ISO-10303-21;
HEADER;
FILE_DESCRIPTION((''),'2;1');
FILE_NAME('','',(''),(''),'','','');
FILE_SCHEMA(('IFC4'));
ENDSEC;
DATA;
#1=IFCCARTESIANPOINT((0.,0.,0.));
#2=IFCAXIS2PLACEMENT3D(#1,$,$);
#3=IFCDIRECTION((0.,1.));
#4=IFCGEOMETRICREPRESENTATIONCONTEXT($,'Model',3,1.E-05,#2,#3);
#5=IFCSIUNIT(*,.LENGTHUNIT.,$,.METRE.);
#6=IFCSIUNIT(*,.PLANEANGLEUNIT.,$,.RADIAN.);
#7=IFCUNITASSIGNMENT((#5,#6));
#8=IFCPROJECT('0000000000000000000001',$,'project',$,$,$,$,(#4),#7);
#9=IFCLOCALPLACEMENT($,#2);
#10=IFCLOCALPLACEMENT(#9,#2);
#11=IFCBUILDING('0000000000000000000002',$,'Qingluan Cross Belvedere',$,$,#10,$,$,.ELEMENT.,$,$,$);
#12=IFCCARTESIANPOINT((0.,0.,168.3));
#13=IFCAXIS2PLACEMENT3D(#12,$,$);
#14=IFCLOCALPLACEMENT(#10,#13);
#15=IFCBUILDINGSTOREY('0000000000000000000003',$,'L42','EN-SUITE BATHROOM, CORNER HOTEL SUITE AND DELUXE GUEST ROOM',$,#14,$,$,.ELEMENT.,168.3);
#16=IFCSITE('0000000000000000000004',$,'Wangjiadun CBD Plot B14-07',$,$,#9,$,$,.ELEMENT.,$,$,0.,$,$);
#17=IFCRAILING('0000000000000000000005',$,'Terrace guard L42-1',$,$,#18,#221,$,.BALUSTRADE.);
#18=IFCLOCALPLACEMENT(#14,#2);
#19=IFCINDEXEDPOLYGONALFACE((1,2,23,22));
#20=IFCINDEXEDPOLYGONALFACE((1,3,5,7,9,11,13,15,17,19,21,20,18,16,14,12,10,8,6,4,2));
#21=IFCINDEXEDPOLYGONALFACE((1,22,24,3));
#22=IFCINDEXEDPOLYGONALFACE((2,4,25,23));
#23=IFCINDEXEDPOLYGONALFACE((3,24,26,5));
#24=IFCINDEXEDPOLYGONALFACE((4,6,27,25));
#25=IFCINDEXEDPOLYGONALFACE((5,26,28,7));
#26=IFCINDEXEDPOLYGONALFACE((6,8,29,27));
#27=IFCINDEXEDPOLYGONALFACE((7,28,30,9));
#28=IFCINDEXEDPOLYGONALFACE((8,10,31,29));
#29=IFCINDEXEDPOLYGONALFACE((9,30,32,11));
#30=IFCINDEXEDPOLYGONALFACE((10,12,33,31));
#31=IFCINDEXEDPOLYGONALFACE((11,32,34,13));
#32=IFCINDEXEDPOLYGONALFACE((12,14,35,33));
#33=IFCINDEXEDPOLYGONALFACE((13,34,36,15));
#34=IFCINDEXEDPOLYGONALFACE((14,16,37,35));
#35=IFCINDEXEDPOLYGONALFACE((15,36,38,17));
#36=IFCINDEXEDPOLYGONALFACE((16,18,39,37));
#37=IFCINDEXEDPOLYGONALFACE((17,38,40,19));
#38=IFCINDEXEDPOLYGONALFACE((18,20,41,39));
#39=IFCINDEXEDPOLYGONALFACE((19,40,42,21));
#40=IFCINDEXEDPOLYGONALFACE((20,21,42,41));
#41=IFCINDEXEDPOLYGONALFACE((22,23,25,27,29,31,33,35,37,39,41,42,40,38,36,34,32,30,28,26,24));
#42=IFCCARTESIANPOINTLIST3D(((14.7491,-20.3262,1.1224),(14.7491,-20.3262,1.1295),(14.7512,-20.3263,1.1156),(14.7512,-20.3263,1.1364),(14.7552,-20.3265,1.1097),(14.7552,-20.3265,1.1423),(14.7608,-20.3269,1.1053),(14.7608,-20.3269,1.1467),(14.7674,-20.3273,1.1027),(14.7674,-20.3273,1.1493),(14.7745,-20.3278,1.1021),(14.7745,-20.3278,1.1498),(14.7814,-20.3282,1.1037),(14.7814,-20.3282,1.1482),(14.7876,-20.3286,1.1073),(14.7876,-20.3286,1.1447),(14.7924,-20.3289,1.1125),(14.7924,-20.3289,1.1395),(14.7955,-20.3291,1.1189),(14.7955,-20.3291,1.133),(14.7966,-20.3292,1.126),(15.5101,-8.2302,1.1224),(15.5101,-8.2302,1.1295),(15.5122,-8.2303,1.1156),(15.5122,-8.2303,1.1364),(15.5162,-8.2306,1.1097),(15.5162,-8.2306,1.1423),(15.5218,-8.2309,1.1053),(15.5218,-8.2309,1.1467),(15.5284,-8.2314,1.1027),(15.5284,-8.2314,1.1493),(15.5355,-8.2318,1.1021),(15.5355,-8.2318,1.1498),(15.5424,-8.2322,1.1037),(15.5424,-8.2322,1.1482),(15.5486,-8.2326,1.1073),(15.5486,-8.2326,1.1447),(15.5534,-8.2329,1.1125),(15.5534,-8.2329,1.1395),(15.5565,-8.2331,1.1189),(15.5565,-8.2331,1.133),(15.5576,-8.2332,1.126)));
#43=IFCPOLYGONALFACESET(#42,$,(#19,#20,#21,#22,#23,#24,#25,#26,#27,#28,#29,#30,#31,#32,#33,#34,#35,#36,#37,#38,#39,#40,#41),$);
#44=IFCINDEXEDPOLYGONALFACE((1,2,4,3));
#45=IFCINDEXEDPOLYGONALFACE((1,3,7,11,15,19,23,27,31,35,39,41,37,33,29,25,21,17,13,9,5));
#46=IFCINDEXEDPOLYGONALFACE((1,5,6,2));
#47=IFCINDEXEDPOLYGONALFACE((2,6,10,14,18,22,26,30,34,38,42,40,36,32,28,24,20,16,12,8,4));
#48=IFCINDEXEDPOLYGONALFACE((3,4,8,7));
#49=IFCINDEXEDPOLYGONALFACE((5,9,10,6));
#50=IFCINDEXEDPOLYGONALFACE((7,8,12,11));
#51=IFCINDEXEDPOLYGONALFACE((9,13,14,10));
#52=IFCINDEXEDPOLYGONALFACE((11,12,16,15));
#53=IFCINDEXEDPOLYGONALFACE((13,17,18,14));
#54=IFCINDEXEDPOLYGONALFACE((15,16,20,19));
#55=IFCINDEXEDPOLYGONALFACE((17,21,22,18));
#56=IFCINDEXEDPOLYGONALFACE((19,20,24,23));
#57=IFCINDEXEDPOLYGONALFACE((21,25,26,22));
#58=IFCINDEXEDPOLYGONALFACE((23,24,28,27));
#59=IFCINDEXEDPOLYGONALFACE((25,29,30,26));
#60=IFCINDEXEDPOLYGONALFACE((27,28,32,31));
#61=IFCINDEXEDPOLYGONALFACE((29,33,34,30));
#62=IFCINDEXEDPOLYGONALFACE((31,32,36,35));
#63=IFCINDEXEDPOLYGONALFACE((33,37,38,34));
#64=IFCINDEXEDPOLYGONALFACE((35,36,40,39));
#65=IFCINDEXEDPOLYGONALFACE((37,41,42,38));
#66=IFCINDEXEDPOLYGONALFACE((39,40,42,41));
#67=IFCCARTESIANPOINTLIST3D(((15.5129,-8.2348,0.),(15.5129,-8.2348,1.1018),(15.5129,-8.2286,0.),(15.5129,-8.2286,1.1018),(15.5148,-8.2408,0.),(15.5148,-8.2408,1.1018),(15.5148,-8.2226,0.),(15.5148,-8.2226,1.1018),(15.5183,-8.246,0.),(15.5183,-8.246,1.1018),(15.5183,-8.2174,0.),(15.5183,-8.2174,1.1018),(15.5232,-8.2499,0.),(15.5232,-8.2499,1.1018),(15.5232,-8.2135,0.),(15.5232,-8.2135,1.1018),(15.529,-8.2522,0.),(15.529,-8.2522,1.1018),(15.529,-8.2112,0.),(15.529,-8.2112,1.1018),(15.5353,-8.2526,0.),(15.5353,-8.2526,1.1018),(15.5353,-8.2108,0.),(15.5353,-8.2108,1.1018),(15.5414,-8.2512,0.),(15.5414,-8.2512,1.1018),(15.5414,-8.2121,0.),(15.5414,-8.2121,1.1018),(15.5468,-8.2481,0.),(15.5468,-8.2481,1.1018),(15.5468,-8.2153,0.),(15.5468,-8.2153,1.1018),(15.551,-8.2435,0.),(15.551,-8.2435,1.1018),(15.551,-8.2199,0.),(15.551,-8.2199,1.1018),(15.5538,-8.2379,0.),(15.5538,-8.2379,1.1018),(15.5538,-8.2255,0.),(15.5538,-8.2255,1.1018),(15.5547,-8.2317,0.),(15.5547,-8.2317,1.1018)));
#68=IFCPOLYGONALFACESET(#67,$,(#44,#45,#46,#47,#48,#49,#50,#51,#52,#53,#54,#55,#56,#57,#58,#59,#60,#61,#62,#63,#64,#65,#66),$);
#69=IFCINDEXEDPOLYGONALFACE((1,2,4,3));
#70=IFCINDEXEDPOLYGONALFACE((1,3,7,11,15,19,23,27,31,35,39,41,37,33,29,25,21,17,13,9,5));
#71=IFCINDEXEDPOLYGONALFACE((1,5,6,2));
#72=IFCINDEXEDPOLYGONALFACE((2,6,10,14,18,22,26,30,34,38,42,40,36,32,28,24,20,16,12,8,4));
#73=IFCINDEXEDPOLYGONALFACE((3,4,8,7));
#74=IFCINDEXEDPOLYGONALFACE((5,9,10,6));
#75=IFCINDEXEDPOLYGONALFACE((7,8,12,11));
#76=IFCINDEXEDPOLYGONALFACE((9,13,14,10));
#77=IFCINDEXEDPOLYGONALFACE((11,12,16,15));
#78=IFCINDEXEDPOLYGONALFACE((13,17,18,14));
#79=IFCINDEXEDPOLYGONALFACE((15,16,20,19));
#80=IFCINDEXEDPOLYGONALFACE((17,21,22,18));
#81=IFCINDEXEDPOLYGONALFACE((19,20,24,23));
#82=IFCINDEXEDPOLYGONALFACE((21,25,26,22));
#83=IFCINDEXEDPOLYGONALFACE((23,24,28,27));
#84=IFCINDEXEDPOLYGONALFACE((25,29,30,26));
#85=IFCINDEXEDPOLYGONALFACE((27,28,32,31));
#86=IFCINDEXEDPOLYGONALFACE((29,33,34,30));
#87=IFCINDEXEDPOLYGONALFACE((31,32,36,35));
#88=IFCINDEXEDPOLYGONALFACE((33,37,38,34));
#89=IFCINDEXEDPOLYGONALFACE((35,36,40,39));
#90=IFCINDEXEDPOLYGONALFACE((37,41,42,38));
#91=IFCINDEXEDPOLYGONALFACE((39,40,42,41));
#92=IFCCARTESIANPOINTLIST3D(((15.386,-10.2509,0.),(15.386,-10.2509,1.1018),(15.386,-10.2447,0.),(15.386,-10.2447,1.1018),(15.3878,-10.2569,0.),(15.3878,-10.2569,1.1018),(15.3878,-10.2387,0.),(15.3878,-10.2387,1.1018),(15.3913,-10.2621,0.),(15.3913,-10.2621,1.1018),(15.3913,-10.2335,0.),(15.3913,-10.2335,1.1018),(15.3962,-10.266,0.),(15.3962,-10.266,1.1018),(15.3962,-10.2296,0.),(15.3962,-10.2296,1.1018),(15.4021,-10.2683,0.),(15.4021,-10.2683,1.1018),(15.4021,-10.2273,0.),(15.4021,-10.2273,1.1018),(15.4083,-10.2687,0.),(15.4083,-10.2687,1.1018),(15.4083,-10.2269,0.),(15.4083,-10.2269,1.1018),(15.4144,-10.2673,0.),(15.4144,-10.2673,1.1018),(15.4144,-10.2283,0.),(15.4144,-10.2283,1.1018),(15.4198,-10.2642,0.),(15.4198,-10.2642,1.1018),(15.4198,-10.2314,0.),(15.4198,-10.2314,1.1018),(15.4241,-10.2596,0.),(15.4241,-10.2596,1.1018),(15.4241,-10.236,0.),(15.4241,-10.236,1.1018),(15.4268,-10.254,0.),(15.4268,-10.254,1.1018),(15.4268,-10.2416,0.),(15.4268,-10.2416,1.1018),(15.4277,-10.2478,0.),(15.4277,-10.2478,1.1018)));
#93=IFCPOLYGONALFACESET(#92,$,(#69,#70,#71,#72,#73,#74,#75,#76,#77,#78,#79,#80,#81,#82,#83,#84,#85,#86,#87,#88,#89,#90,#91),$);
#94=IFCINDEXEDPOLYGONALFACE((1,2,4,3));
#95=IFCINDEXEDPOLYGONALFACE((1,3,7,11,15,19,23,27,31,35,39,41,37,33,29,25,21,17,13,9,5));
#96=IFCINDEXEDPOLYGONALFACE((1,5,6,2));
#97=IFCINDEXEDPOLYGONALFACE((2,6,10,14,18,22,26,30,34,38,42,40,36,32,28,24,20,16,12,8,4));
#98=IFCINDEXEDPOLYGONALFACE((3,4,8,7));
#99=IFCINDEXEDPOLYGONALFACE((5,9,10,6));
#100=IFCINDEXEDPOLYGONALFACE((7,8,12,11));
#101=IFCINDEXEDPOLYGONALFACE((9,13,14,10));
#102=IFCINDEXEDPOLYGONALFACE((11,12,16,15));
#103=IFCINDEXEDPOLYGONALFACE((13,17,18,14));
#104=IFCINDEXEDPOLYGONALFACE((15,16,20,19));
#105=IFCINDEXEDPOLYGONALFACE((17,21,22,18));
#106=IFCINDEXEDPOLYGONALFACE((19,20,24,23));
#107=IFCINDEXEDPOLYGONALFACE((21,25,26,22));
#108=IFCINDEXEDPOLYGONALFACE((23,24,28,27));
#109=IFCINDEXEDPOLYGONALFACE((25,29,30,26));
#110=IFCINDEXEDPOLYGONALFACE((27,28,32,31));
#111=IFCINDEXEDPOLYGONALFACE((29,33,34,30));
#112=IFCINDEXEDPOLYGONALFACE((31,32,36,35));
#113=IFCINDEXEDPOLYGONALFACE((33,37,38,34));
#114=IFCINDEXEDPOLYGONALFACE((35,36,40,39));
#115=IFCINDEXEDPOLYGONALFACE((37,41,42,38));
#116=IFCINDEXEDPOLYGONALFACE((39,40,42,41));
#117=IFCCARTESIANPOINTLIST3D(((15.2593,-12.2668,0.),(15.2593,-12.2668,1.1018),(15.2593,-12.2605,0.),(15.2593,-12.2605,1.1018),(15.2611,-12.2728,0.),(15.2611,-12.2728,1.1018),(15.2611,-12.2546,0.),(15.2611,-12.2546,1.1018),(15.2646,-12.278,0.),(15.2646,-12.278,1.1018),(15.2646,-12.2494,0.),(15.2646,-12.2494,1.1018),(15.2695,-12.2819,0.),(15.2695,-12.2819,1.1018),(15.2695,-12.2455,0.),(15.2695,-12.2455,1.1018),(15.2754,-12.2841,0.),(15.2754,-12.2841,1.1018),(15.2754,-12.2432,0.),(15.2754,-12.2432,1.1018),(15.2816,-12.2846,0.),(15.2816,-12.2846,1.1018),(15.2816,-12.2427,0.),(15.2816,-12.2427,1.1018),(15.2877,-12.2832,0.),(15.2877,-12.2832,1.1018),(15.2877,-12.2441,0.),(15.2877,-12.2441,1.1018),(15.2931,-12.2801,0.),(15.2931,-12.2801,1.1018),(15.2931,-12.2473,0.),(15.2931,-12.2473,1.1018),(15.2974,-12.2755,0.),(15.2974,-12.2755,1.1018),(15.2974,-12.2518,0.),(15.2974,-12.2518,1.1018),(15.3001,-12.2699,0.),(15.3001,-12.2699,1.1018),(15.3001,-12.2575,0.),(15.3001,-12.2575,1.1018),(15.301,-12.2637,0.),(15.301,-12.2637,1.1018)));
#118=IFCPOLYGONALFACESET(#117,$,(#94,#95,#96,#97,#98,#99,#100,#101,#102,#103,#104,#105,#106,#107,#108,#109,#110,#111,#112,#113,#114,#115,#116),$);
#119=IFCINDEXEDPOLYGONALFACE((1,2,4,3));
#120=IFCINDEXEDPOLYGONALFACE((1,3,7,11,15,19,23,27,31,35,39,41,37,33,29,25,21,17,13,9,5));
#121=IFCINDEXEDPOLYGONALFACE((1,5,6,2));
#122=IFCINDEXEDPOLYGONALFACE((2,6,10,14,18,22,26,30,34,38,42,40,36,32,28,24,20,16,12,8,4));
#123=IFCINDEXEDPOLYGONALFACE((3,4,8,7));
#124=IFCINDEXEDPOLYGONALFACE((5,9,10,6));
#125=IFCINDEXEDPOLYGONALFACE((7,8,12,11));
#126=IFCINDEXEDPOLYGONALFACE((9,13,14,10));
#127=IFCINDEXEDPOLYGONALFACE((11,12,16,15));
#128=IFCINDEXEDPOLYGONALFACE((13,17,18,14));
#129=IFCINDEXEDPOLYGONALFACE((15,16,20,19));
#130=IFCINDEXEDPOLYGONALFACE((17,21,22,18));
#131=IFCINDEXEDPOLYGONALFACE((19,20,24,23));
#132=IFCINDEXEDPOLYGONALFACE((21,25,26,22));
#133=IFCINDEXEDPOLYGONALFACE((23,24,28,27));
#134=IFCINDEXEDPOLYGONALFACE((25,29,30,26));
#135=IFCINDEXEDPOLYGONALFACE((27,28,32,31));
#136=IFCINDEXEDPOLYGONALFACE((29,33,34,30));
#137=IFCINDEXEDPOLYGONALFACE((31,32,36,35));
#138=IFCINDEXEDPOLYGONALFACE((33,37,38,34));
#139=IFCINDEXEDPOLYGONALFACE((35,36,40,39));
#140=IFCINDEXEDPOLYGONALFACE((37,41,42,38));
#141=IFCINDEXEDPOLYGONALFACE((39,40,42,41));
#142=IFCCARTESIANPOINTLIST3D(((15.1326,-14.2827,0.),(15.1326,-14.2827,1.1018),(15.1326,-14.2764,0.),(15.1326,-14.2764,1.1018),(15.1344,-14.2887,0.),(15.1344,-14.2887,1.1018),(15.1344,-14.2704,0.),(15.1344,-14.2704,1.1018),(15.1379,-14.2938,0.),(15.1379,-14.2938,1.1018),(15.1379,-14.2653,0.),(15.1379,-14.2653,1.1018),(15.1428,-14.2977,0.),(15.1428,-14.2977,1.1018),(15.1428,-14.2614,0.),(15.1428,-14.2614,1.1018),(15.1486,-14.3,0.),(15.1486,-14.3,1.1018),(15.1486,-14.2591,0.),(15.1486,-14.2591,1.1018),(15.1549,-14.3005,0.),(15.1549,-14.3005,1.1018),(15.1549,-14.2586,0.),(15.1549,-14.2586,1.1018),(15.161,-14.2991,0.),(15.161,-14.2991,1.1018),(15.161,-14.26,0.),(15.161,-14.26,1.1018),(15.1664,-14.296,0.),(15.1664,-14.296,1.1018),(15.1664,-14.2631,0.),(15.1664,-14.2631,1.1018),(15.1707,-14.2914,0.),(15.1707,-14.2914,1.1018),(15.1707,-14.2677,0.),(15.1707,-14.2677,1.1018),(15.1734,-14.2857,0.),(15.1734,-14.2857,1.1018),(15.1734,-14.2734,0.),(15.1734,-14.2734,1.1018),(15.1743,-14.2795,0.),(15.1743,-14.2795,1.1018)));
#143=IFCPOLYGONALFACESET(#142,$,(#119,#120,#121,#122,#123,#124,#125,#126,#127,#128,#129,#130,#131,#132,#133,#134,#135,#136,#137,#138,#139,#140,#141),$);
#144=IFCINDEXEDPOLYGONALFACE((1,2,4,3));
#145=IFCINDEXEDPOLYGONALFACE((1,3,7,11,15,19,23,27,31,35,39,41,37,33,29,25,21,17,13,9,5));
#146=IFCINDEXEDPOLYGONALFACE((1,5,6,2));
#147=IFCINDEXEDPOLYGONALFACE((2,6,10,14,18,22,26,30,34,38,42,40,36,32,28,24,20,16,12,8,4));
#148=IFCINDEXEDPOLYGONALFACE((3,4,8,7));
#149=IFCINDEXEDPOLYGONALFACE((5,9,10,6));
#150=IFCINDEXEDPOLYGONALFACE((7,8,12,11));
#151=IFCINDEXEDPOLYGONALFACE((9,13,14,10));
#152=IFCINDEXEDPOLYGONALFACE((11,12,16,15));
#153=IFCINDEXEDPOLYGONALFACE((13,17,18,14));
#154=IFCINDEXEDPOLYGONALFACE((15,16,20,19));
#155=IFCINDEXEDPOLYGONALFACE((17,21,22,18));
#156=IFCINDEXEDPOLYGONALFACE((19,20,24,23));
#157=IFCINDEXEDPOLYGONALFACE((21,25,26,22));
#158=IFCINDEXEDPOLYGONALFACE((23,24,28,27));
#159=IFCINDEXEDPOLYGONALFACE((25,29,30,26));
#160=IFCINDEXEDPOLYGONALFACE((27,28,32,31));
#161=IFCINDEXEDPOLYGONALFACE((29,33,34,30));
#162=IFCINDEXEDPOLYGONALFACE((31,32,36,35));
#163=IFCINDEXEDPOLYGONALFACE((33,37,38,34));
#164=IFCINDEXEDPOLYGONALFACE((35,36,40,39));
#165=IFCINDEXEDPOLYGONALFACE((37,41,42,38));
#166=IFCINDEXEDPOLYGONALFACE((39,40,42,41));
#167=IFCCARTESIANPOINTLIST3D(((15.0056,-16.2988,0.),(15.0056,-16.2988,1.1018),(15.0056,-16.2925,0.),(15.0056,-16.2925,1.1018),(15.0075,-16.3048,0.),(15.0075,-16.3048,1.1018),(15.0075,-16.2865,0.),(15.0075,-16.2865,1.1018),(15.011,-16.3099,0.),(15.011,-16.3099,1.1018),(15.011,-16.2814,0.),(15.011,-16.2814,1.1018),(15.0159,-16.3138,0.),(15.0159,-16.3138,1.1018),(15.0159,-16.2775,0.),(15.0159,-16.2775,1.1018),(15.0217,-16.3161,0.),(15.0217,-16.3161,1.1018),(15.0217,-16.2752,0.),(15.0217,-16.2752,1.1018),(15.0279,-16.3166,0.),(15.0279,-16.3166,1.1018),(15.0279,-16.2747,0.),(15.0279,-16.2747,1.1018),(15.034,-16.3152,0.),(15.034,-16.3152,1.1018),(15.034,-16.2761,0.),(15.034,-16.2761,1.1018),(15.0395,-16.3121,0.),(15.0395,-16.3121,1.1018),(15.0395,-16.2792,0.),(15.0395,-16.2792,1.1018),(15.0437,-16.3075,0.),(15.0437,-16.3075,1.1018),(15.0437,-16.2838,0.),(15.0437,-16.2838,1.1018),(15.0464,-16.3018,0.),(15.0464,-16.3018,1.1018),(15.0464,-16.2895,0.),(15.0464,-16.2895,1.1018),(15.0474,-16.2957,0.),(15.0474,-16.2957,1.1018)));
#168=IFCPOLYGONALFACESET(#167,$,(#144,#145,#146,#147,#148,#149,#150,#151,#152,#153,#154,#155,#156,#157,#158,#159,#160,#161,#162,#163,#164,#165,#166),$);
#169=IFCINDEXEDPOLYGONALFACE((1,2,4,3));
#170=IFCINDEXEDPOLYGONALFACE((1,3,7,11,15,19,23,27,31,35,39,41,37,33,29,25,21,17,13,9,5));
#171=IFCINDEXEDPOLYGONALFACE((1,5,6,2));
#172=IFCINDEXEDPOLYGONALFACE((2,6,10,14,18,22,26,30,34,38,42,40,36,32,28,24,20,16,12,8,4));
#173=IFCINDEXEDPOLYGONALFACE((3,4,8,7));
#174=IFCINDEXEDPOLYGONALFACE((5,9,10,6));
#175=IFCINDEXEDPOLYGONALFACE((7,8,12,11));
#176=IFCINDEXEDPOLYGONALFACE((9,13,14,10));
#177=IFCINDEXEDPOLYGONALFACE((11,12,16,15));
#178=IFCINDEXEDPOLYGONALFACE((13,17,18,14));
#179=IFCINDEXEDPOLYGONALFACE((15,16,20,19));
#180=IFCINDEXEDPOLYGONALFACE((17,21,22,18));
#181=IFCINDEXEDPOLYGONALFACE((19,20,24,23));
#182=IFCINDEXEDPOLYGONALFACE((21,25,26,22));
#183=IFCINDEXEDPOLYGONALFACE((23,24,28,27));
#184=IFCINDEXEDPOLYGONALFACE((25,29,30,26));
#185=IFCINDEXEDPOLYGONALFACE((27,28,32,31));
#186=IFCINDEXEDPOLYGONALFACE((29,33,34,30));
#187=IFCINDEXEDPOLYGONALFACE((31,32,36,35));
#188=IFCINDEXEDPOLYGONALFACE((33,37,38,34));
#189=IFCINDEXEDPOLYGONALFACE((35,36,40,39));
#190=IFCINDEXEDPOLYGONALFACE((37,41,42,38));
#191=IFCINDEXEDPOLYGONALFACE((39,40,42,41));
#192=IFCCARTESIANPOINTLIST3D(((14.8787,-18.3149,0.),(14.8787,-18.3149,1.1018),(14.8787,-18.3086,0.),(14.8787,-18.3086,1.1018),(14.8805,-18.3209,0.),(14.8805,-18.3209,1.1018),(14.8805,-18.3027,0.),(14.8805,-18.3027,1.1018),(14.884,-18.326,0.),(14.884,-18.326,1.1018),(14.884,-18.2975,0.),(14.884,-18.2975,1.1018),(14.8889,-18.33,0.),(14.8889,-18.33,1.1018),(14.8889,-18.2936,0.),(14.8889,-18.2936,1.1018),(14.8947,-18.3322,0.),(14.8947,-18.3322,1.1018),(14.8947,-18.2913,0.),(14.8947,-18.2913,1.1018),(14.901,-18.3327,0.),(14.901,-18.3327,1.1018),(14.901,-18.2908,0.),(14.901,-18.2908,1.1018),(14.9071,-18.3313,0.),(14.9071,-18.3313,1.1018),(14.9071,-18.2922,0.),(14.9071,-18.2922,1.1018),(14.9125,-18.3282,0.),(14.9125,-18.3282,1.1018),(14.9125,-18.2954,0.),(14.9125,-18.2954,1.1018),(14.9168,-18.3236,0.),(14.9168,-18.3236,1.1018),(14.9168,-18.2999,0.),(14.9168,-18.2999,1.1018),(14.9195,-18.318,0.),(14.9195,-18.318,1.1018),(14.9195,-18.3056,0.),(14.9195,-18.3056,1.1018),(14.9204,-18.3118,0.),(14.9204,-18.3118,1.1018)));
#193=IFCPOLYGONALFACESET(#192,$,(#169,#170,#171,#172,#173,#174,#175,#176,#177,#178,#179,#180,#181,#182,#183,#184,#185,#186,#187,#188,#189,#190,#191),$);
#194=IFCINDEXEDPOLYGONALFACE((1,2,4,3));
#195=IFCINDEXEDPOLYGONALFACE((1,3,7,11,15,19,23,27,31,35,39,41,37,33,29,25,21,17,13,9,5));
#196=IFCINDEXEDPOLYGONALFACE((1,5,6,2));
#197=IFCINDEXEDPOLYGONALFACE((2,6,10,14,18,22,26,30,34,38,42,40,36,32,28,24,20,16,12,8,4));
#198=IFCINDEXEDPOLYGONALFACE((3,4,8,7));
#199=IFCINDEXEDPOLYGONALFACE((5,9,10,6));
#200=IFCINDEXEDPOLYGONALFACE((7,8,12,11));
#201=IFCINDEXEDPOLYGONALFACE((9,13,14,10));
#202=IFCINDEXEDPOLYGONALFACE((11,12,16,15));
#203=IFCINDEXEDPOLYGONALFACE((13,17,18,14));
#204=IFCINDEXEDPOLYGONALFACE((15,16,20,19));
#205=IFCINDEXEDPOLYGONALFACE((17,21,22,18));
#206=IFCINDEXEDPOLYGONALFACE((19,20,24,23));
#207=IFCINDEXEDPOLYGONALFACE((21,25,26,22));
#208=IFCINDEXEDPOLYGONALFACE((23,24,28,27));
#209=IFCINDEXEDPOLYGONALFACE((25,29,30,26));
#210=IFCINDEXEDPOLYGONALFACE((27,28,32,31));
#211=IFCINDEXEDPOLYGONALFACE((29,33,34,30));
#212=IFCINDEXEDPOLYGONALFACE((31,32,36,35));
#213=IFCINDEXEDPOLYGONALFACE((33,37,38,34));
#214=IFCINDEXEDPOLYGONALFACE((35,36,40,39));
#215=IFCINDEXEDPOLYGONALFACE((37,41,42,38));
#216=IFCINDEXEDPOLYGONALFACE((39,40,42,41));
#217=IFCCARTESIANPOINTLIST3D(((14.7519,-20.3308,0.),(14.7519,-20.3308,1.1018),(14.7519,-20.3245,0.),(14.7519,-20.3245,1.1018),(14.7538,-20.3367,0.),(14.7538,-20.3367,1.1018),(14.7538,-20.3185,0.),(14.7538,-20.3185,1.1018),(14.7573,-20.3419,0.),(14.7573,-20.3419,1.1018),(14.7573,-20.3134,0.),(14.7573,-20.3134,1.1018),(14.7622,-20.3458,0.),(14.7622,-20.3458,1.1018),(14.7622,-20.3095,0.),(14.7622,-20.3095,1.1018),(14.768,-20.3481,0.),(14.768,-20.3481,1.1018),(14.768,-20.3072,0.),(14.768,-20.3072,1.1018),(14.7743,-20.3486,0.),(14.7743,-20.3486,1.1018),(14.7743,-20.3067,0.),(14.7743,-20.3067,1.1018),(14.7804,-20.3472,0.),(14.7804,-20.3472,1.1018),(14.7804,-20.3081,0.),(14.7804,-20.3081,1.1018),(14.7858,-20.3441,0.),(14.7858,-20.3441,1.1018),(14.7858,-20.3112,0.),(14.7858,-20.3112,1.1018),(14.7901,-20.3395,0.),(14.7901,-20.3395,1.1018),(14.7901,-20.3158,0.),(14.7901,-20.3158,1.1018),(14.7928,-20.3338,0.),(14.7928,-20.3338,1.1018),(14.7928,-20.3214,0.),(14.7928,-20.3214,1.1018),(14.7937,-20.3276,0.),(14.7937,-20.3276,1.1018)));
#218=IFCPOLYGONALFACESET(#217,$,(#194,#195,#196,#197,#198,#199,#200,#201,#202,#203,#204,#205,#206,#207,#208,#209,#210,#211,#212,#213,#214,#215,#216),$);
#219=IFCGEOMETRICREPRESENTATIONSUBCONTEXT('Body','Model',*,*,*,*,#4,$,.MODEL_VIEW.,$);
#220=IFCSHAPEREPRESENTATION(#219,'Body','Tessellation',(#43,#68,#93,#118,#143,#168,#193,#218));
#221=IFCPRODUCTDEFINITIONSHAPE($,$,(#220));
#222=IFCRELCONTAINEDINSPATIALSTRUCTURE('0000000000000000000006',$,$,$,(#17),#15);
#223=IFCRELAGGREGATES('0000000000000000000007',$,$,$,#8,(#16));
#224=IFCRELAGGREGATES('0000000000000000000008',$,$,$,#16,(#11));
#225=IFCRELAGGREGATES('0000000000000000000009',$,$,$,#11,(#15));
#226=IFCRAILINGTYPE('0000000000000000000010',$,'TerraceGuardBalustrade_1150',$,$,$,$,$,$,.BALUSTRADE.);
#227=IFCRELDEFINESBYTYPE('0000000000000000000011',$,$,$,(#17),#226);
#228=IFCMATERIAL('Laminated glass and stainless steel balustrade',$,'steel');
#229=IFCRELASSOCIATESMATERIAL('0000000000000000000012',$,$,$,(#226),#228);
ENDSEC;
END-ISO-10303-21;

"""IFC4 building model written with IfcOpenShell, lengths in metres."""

from ifc_helpers import new_model, si_unit, direction, frame, origin, origin_2d, place, context, subcontext, project, spatial, circle, extrude, material, type_object, element, save


model = new_model("IFC4")

# Units and contexts
model_context = context("Model", 3, precision=1e-05, world=origin(), true_north=direction((0.0, 1.0)))
body_context = subcontext(model_context, "Body", "Model", "MODEL_VIEW")
ifc_project = project(units=[si_unit("LENGTHUNIT", "METRE"), si_unit("PLANEANGLEUNIT", "RADIAN")], contexts=[model_context])

# Site, building, storey
site_placement = place(None, origin())
site = spatial("IfcSite", under=ifc_project, at=site_placement, Name="Wangjiadun CBD Plot B14-07", CompositionType="ELEMENT", RefElevation=0.0)
building_placement = place(site_placement, origin())
building = spatial("IfcBuilding", under=site, at=building_placement, Name="Qingluan Cross Belvedere", CompositionType="ELEMENT")
storey_placement = place(building_placement, frame((0.0, 0.0, 168.3)))
storey = spatial("IfcBuildingStorey", under=building, at=storey_placement, Name="L42", Description="EN-SUITE BATHROOM, CORNER HOTEL SUITE AND DELUXE GUEST ROOM", CompositionType="ELEMENT", Elevation=168.3)

# Railing
ifc_material_1 = material(Name="Laminated glass and stainless steel balustrade", Category="steel")
railing_type = type_object("IfcRailingType", Name="TerraceGuardBalustrade_1150", PredefinedType="BALUSTRADE", material=ifc_material_1)
railing_placement = place(storey_placement, frame((15.5337, -8.2317, 0.0)))
element("IfcRailing", 1, at=railing_placement, inside=storey, type_object=railing_type, Name="Terrace guard L42-1", PredefinedType="BALUSTRADE", context=body_context, shape_type="SweptSolid", body=[
    extrude(circle(Radius=0.0239, at=origin_2d()), frame((0.0, 0.0, 1.126), z_axis=(-0.062788, -0.998027, 0.0), x_axis=(0.998027, -0.062788, 0.0)), (0.0, 0.0, 1.0), 12.1199),
    extrude(circle(Radius=0.021, at=origin_2d()), origin(), (0.0, 0.0, 1.0), 1.1018),
    extrude(circle(Radius=0.021, at=origin_2d()), frame((-0.127, -2.0161, 0.0)), (0.0, 0.0, 1.0), 1.1018),
    extrude(circle(Radius=0.021, at=origin_2d()), frame((-0.2537, -4.032, 0.0)), (0.0, 0.0, 1.0), 1.1018),
    extrude(circle(Radius=0.021, at=origin_2d()), frame((-0.3804, -6.0479, 0.0)), (0.0, 0.0, 1.0), 1.1018),
    extrude(circle(Radius=0.021, at=origin_2d()), frame((-0.5073, -8.064, 0.0)), (0.0, 0.0, 1.0), 1.1018),
    extrude(circle(Radius=0.021, at=origin_2d()), frame((-0.6343, -10.0801, 0.0)), (0.0, 0.0, 1.0), 1.1018),
    extrude(circle(Radius=0.021, at=origin_2d()), frame((-0.761, -12.0959, 0.0)), (0.0, 0.0, 1.0), 1.1018),
])

save(model, "model.ifc")
